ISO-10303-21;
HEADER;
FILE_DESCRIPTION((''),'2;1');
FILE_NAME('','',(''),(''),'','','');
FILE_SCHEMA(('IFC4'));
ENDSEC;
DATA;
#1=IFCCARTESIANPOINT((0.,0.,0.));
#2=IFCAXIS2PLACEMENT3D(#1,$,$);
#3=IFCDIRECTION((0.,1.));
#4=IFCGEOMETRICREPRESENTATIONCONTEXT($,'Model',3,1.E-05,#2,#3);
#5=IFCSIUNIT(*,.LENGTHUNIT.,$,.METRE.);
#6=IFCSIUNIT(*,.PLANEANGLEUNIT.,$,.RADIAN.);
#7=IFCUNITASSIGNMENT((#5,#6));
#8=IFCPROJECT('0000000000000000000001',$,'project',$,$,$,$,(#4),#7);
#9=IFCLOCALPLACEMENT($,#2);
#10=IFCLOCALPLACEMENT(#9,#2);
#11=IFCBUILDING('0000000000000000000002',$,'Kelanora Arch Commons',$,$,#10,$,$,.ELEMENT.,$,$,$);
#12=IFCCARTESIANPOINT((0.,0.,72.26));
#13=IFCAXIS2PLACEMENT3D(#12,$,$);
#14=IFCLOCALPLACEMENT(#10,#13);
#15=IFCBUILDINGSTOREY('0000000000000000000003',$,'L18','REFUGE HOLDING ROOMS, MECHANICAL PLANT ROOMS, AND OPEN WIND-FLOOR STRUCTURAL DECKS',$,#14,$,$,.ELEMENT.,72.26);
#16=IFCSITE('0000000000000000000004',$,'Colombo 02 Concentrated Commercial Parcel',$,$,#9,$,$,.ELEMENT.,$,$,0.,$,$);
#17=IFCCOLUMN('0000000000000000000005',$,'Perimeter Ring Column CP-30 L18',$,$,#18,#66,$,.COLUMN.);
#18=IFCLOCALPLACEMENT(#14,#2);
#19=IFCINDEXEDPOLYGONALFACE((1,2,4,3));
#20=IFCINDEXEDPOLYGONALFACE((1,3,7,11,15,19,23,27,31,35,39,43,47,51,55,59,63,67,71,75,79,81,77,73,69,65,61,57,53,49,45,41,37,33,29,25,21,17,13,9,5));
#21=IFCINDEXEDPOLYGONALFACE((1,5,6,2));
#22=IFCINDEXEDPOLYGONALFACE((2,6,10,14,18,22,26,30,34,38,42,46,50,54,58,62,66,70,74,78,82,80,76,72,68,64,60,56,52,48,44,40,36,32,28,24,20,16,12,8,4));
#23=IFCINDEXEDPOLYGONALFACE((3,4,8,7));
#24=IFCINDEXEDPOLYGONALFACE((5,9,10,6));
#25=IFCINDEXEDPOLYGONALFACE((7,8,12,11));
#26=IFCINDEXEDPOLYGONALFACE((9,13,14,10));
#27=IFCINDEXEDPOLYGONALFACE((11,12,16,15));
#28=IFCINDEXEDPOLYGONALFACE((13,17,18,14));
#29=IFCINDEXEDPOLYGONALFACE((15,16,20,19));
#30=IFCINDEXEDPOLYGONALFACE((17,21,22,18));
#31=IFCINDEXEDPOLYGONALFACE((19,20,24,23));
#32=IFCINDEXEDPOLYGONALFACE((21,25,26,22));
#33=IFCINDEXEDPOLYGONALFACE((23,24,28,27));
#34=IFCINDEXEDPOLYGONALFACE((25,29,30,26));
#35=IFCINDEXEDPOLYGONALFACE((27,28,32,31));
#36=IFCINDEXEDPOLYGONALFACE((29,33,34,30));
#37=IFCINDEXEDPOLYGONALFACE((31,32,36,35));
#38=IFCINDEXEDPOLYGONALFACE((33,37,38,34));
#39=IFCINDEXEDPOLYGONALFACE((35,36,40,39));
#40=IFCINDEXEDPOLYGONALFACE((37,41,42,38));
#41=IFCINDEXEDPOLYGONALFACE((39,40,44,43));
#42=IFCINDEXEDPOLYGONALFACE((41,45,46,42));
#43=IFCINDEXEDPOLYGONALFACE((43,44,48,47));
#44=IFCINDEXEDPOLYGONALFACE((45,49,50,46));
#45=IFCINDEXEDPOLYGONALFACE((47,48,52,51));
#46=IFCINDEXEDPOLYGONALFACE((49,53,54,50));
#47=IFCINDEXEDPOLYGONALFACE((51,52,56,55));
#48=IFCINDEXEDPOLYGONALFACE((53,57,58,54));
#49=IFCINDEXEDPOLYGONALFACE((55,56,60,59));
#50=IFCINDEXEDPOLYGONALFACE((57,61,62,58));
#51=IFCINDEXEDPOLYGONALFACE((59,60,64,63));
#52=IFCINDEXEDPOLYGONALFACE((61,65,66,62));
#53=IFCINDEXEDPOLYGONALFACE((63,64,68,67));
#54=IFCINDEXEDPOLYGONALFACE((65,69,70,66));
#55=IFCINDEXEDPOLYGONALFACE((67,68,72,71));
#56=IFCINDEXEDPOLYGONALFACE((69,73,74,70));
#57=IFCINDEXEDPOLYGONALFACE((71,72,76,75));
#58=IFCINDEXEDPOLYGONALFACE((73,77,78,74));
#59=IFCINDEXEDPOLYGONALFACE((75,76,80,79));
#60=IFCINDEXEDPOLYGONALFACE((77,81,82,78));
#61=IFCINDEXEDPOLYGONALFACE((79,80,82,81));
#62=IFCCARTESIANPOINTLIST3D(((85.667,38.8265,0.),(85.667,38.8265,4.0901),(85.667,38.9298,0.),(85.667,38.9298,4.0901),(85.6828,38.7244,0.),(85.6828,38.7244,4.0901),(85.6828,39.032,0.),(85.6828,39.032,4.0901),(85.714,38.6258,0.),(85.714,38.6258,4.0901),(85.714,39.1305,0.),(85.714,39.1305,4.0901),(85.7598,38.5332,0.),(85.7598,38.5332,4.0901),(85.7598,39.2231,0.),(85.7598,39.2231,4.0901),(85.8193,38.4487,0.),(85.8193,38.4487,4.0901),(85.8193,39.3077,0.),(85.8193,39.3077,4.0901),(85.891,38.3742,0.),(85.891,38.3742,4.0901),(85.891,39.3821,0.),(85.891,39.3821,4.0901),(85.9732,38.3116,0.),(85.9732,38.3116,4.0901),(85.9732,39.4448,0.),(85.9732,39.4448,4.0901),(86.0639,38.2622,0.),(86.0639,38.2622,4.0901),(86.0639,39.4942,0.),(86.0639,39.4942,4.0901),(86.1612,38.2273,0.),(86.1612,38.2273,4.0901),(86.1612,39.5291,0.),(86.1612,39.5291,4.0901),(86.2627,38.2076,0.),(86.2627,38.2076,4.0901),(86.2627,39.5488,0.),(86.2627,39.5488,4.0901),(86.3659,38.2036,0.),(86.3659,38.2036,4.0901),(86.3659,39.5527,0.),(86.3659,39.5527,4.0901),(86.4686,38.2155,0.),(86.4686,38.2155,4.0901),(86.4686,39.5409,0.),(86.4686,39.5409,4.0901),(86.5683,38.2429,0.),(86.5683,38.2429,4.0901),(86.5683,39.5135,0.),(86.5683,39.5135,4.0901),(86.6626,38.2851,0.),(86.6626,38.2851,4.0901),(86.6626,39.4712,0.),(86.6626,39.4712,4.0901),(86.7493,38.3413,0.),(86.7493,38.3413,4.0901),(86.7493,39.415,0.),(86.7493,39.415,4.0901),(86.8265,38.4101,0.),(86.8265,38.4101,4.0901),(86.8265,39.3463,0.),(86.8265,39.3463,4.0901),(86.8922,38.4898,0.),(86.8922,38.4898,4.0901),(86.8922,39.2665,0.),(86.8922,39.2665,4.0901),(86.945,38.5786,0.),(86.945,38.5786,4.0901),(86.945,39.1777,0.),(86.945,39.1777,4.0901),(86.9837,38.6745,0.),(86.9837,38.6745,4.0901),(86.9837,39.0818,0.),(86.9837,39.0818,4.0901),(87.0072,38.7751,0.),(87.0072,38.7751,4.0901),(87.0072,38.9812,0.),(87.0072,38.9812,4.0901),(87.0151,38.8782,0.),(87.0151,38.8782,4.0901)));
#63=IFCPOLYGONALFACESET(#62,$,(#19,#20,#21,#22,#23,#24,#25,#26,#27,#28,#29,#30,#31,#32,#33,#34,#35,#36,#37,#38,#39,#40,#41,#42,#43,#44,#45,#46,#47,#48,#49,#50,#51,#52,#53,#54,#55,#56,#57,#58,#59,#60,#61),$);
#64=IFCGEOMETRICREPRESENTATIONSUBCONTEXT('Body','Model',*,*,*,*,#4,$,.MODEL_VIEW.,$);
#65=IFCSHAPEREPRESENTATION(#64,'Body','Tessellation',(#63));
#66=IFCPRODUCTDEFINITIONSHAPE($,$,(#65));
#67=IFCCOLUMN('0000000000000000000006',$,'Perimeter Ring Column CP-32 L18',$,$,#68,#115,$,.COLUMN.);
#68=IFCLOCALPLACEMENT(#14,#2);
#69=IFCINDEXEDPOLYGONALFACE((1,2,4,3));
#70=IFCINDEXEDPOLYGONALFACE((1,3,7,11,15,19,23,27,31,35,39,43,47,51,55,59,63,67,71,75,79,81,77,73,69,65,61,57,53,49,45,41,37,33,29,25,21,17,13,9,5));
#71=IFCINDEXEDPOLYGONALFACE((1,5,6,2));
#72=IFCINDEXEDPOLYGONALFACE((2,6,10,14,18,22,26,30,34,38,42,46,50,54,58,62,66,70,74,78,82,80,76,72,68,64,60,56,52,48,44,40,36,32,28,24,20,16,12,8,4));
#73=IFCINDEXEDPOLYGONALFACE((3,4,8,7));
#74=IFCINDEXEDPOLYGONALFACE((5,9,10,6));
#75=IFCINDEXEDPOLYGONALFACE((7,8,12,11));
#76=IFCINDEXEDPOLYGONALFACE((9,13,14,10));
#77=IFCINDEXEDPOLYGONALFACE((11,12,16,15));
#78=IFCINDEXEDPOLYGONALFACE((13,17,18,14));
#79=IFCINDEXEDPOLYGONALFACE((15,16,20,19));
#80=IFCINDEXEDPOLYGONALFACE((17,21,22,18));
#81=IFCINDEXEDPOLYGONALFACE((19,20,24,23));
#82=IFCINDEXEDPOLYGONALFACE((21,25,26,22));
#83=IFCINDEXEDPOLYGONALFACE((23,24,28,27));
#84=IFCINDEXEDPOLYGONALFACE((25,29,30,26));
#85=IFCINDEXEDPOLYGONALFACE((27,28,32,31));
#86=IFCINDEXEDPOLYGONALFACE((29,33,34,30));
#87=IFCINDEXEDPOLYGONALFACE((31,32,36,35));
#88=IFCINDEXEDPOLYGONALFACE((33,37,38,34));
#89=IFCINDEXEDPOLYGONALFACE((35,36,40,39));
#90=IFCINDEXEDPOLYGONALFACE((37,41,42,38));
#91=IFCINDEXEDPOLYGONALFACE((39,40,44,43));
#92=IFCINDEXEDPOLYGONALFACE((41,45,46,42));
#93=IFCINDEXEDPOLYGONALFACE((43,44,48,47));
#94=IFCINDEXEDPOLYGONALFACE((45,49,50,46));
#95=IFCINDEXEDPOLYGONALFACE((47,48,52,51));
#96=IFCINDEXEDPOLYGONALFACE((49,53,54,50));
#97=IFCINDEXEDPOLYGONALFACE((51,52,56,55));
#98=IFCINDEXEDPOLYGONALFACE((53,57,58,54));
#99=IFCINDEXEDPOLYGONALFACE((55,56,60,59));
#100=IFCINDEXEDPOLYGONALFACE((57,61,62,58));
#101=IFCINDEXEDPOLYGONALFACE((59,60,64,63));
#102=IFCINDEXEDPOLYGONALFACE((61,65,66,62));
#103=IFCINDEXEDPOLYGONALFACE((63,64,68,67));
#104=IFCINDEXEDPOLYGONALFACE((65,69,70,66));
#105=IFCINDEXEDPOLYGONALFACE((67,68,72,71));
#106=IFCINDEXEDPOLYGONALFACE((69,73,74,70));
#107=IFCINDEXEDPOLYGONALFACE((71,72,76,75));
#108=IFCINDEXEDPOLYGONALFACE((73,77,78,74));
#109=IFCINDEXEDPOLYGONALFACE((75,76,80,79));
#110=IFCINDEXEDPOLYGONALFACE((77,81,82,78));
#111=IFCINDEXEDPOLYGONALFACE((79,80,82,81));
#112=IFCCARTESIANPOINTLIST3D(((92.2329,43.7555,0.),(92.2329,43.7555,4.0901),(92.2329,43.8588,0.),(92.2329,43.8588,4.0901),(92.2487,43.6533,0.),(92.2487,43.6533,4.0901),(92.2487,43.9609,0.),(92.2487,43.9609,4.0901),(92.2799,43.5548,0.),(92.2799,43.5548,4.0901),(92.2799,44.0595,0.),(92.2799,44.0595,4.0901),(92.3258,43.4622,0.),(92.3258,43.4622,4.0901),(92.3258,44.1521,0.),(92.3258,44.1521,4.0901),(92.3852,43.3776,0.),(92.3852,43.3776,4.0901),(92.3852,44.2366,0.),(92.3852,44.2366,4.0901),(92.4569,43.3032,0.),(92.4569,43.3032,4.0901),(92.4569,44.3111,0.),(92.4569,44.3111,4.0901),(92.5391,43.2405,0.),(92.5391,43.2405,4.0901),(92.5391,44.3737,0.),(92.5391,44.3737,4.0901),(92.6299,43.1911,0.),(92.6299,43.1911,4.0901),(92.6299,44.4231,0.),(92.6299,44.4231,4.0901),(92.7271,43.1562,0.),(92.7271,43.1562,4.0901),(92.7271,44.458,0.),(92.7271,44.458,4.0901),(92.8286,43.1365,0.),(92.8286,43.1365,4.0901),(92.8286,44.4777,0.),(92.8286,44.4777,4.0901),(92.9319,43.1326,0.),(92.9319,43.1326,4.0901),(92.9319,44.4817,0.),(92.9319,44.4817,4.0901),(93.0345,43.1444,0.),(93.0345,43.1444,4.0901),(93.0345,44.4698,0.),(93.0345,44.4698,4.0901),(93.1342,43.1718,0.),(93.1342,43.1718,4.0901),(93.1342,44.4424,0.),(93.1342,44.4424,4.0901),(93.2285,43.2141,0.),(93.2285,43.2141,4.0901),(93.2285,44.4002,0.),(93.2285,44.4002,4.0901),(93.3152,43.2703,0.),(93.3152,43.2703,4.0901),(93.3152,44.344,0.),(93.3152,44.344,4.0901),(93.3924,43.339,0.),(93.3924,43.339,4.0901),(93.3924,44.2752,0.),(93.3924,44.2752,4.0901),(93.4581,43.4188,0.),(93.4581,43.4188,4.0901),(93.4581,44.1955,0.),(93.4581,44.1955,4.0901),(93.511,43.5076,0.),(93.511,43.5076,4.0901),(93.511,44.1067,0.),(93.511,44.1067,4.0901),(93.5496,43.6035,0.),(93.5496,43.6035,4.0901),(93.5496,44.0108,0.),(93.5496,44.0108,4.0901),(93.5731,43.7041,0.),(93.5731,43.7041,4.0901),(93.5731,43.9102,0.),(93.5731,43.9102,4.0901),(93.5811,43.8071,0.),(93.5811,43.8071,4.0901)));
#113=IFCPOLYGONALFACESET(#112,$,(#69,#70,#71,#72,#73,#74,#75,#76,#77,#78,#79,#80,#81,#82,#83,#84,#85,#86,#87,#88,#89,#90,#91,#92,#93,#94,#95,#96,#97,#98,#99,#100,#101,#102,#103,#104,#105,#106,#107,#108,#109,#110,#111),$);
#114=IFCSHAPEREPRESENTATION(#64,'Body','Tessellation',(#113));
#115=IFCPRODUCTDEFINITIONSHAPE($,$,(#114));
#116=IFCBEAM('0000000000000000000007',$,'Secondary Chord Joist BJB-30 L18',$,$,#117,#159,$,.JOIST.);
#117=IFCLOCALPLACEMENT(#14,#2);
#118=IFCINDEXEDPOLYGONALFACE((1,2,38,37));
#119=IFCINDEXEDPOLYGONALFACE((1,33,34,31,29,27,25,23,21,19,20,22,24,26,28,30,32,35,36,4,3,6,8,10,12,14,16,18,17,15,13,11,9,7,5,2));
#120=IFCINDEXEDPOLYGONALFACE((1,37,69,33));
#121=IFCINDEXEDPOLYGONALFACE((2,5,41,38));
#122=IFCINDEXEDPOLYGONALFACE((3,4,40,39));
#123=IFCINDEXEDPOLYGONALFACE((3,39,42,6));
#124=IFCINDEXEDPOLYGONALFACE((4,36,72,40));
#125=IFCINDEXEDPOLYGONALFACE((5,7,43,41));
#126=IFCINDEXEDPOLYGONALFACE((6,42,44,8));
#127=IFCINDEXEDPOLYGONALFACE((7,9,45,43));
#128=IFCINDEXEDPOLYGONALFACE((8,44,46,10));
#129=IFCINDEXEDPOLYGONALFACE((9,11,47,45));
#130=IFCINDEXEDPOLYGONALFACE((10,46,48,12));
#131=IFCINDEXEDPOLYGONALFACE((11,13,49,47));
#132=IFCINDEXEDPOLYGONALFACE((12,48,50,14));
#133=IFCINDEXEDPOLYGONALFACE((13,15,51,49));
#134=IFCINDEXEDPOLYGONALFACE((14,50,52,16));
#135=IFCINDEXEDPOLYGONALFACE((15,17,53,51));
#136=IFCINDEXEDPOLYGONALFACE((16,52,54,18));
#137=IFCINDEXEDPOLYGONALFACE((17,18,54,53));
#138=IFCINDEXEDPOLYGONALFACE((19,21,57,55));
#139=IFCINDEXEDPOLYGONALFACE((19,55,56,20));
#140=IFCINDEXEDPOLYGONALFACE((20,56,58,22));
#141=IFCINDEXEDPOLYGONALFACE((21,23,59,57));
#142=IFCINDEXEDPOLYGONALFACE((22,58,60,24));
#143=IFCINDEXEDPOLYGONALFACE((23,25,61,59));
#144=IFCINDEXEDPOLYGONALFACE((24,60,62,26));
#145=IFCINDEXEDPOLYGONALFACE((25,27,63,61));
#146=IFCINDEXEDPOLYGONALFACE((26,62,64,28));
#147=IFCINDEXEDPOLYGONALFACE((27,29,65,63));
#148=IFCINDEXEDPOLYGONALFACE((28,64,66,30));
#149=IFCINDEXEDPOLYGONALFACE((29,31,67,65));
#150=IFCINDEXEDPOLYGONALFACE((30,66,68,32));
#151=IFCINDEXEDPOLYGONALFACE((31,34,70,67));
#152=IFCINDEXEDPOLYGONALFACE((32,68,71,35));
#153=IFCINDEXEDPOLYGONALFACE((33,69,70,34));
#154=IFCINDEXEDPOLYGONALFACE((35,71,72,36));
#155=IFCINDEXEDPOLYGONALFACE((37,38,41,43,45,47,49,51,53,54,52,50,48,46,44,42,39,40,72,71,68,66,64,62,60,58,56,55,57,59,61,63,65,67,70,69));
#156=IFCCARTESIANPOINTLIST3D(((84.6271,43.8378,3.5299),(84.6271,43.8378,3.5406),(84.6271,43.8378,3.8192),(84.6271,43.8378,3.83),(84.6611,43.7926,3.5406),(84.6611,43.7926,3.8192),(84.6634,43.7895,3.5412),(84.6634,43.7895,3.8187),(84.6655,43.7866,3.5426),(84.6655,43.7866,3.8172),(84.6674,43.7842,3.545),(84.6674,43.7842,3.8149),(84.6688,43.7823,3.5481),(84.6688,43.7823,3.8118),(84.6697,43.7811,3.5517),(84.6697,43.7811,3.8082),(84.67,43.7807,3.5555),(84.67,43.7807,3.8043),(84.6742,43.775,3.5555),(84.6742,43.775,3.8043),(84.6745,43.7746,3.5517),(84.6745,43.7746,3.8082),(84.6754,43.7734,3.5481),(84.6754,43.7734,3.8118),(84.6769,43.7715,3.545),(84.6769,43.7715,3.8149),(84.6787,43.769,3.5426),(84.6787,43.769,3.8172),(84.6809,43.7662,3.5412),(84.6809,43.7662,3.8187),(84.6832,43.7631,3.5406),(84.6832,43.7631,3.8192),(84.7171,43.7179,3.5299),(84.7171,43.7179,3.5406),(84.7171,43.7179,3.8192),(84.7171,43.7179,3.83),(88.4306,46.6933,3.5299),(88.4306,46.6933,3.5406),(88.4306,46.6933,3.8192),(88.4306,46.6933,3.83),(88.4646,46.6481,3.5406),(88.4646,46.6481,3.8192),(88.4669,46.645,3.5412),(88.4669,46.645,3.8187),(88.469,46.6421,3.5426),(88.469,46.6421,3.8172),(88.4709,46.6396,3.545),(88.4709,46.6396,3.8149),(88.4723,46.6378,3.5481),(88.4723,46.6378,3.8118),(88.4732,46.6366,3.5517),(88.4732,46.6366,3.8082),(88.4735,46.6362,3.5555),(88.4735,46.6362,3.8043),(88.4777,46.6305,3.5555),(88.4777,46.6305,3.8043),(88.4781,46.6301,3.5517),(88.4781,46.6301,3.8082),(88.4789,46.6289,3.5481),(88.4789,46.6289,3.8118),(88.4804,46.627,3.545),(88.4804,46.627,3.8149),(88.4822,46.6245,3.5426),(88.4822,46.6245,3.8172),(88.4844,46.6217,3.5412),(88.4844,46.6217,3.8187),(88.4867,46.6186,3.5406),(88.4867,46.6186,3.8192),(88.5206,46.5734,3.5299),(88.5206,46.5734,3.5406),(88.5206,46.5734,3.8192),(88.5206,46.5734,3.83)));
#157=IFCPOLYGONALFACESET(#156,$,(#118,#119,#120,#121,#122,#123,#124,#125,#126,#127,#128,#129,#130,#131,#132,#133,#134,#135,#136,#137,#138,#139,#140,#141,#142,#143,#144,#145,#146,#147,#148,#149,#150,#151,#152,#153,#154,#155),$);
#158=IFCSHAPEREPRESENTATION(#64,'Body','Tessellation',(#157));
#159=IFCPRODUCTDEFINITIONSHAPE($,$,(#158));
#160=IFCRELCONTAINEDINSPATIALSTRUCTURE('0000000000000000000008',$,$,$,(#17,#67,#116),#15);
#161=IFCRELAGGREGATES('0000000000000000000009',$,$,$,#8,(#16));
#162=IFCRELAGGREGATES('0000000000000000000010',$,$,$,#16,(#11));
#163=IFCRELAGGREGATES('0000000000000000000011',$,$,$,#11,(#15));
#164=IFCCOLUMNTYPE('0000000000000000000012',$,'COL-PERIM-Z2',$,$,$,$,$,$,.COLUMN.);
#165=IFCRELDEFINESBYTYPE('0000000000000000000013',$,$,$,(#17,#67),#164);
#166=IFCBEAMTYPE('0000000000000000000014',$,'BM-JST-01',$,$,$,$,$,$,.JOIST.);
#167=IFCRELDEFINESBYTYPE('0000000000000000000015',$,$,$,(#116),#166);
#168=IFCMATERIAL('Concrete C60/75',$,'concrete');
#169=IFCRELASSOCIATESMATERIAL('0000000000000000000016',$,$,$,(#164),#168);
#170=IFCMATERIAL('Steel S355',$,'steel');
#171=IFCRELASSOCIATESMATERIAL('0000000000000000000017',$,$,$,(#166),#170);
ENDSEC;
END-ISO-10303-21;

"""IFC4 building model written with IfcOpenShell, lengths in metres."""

from ifc_helpers import new_model, si_unit, direction, frame, origin, origin_2d, place, context, subcontext, project, spatial, circle, i_section, extrude, material, material_profile, profile_set, type_object, element, save


model = new_model("IFC4")

# Units and contexts
model_context = context("Model", 3, precision=1e-05, world=origin(), true_north=direction((0.0, 1.0)))
body_context = subcontext(model_context, "Body", "Model", "MODEL_VIEW")
ifc_project = project(units=[si_unit("LENGTHUNIT", "METRE"), si_unit("PLANEANGLEUNIT", "RADIAN")], contexts=[model_context])

# Site, building, storey
site_placement = place(None, origin())
site = spatial("IfcSite", under=ifc_project, at=site_placement, Name="Colombo 02 Concentrated Commercial Parcel", CompositionType="ELEMENT", RefElevation=0.0)
building_placement = place(site_placement, origin())
building = spatial("IfcBuilding", under=site, at=building_placement, Name="Kelanora Arch Commons", CompositionType="ELEMENT")
storey_placement = place(building_placement, frame((0.0, 0.0, 72.26)))
storey = spatial("IfcBuildingStorey", under=building, at=storey_placement, Name="L18", Description="REFUGE HOLDING ROOMS, MECHANICAL PLANT ROOMS, AND OPEN WIND-FLOOR STRUCTURAL DECKS", CompositionType="ELEMENT", Elevation=72.26)

# Columns
ifc_material_1 = material(Name="Concrete C60/75", Category="concrete")
ifc_material_profile_1 = material_profile(ifc_material_1, circle(Radius=0.675, at=origin_2d()), Name="RCC1350")
ifc_profile_set_1 = profile_set([ifc_material_profile_1], Name="Concrete C60/75")
column_type = type_object("IfcColumnType", Name="COL-PERIM-Z2", PredefinedType="COLUMN", material=ifc_profile_set_1)
for number, where, z_axis, x_axis, name in (
    (1, (86.3401, 38.8782, 0.0), (0.0, 0.0, 1.0), (1.0, 0.0, 0.0), "Perimeter Ring Column CP-30 L18"),
    (2, (92.906, 43.8071, 0.0), (0.0, 0.0, 1.0), (1.0, 0.0, 0.0), "Perimeter Ring Column CP-32 L18"),
):
    element("IfcColumn", number, at=place(storey_placement, frame(where, z_axis=z_axis, x_axis=x_axis)), inside=storey, type_object=column_type, Name=name, PredefinedType="COLUMN", context=body_context, shape_type="SweptSolid", body=[
        extrude(circle(Radius=0.675, at=origin_2d()), origin(), (0.0, 0.0, 1.0), 4.0901),
    ])

# Beam
ifc_material_2 = material(Name="Steel S355", Category="steel")
ifc_material_profile_2 = material_profile(ifc_material_2, i_section(OverallWidth=0.1499, OverallDepth=0.3, WebThickness=0.0071, FlangeThickness=0.0107, FilletRadius=0.0149, at=origin_2d()), Name="IPE300")
ifc_profile_set_2 = profile_set([ifc_material_profile_2], Name="Steel S355")
beam_type_1 = type_object("IfcBeamType", Name="BM-JST-01", PredefinedType="JOIST", material=ifc_profile_set_2)
beam_1_placement = place(storey_placement, frame((84.6721, 43.7778, 3.6799), z_axis=(0.79971, 0.600386, 0.0), x_axis=(-0.600386, 0.79971, 0.0)))
element("IfcBeam", 3, at=beam_1_placement, inside=storey, type_object=beam_type_1, Name="Secondary Chord Joist BJB-30 L18", PredefinedType="JOIST", context=body_context, shape_type="SweptSolid", body=[
    extrude(i_section(OverallWidth=0.1499, OverallDepth=0.3, WebThickness=0.0071, FlangeThickness=0.0107, FilletRadius=0.0149, at=origin_2d()), origin(), (0.0, 0.0, 1.0), 4.7561),
])

save(model, "model.ifc")
